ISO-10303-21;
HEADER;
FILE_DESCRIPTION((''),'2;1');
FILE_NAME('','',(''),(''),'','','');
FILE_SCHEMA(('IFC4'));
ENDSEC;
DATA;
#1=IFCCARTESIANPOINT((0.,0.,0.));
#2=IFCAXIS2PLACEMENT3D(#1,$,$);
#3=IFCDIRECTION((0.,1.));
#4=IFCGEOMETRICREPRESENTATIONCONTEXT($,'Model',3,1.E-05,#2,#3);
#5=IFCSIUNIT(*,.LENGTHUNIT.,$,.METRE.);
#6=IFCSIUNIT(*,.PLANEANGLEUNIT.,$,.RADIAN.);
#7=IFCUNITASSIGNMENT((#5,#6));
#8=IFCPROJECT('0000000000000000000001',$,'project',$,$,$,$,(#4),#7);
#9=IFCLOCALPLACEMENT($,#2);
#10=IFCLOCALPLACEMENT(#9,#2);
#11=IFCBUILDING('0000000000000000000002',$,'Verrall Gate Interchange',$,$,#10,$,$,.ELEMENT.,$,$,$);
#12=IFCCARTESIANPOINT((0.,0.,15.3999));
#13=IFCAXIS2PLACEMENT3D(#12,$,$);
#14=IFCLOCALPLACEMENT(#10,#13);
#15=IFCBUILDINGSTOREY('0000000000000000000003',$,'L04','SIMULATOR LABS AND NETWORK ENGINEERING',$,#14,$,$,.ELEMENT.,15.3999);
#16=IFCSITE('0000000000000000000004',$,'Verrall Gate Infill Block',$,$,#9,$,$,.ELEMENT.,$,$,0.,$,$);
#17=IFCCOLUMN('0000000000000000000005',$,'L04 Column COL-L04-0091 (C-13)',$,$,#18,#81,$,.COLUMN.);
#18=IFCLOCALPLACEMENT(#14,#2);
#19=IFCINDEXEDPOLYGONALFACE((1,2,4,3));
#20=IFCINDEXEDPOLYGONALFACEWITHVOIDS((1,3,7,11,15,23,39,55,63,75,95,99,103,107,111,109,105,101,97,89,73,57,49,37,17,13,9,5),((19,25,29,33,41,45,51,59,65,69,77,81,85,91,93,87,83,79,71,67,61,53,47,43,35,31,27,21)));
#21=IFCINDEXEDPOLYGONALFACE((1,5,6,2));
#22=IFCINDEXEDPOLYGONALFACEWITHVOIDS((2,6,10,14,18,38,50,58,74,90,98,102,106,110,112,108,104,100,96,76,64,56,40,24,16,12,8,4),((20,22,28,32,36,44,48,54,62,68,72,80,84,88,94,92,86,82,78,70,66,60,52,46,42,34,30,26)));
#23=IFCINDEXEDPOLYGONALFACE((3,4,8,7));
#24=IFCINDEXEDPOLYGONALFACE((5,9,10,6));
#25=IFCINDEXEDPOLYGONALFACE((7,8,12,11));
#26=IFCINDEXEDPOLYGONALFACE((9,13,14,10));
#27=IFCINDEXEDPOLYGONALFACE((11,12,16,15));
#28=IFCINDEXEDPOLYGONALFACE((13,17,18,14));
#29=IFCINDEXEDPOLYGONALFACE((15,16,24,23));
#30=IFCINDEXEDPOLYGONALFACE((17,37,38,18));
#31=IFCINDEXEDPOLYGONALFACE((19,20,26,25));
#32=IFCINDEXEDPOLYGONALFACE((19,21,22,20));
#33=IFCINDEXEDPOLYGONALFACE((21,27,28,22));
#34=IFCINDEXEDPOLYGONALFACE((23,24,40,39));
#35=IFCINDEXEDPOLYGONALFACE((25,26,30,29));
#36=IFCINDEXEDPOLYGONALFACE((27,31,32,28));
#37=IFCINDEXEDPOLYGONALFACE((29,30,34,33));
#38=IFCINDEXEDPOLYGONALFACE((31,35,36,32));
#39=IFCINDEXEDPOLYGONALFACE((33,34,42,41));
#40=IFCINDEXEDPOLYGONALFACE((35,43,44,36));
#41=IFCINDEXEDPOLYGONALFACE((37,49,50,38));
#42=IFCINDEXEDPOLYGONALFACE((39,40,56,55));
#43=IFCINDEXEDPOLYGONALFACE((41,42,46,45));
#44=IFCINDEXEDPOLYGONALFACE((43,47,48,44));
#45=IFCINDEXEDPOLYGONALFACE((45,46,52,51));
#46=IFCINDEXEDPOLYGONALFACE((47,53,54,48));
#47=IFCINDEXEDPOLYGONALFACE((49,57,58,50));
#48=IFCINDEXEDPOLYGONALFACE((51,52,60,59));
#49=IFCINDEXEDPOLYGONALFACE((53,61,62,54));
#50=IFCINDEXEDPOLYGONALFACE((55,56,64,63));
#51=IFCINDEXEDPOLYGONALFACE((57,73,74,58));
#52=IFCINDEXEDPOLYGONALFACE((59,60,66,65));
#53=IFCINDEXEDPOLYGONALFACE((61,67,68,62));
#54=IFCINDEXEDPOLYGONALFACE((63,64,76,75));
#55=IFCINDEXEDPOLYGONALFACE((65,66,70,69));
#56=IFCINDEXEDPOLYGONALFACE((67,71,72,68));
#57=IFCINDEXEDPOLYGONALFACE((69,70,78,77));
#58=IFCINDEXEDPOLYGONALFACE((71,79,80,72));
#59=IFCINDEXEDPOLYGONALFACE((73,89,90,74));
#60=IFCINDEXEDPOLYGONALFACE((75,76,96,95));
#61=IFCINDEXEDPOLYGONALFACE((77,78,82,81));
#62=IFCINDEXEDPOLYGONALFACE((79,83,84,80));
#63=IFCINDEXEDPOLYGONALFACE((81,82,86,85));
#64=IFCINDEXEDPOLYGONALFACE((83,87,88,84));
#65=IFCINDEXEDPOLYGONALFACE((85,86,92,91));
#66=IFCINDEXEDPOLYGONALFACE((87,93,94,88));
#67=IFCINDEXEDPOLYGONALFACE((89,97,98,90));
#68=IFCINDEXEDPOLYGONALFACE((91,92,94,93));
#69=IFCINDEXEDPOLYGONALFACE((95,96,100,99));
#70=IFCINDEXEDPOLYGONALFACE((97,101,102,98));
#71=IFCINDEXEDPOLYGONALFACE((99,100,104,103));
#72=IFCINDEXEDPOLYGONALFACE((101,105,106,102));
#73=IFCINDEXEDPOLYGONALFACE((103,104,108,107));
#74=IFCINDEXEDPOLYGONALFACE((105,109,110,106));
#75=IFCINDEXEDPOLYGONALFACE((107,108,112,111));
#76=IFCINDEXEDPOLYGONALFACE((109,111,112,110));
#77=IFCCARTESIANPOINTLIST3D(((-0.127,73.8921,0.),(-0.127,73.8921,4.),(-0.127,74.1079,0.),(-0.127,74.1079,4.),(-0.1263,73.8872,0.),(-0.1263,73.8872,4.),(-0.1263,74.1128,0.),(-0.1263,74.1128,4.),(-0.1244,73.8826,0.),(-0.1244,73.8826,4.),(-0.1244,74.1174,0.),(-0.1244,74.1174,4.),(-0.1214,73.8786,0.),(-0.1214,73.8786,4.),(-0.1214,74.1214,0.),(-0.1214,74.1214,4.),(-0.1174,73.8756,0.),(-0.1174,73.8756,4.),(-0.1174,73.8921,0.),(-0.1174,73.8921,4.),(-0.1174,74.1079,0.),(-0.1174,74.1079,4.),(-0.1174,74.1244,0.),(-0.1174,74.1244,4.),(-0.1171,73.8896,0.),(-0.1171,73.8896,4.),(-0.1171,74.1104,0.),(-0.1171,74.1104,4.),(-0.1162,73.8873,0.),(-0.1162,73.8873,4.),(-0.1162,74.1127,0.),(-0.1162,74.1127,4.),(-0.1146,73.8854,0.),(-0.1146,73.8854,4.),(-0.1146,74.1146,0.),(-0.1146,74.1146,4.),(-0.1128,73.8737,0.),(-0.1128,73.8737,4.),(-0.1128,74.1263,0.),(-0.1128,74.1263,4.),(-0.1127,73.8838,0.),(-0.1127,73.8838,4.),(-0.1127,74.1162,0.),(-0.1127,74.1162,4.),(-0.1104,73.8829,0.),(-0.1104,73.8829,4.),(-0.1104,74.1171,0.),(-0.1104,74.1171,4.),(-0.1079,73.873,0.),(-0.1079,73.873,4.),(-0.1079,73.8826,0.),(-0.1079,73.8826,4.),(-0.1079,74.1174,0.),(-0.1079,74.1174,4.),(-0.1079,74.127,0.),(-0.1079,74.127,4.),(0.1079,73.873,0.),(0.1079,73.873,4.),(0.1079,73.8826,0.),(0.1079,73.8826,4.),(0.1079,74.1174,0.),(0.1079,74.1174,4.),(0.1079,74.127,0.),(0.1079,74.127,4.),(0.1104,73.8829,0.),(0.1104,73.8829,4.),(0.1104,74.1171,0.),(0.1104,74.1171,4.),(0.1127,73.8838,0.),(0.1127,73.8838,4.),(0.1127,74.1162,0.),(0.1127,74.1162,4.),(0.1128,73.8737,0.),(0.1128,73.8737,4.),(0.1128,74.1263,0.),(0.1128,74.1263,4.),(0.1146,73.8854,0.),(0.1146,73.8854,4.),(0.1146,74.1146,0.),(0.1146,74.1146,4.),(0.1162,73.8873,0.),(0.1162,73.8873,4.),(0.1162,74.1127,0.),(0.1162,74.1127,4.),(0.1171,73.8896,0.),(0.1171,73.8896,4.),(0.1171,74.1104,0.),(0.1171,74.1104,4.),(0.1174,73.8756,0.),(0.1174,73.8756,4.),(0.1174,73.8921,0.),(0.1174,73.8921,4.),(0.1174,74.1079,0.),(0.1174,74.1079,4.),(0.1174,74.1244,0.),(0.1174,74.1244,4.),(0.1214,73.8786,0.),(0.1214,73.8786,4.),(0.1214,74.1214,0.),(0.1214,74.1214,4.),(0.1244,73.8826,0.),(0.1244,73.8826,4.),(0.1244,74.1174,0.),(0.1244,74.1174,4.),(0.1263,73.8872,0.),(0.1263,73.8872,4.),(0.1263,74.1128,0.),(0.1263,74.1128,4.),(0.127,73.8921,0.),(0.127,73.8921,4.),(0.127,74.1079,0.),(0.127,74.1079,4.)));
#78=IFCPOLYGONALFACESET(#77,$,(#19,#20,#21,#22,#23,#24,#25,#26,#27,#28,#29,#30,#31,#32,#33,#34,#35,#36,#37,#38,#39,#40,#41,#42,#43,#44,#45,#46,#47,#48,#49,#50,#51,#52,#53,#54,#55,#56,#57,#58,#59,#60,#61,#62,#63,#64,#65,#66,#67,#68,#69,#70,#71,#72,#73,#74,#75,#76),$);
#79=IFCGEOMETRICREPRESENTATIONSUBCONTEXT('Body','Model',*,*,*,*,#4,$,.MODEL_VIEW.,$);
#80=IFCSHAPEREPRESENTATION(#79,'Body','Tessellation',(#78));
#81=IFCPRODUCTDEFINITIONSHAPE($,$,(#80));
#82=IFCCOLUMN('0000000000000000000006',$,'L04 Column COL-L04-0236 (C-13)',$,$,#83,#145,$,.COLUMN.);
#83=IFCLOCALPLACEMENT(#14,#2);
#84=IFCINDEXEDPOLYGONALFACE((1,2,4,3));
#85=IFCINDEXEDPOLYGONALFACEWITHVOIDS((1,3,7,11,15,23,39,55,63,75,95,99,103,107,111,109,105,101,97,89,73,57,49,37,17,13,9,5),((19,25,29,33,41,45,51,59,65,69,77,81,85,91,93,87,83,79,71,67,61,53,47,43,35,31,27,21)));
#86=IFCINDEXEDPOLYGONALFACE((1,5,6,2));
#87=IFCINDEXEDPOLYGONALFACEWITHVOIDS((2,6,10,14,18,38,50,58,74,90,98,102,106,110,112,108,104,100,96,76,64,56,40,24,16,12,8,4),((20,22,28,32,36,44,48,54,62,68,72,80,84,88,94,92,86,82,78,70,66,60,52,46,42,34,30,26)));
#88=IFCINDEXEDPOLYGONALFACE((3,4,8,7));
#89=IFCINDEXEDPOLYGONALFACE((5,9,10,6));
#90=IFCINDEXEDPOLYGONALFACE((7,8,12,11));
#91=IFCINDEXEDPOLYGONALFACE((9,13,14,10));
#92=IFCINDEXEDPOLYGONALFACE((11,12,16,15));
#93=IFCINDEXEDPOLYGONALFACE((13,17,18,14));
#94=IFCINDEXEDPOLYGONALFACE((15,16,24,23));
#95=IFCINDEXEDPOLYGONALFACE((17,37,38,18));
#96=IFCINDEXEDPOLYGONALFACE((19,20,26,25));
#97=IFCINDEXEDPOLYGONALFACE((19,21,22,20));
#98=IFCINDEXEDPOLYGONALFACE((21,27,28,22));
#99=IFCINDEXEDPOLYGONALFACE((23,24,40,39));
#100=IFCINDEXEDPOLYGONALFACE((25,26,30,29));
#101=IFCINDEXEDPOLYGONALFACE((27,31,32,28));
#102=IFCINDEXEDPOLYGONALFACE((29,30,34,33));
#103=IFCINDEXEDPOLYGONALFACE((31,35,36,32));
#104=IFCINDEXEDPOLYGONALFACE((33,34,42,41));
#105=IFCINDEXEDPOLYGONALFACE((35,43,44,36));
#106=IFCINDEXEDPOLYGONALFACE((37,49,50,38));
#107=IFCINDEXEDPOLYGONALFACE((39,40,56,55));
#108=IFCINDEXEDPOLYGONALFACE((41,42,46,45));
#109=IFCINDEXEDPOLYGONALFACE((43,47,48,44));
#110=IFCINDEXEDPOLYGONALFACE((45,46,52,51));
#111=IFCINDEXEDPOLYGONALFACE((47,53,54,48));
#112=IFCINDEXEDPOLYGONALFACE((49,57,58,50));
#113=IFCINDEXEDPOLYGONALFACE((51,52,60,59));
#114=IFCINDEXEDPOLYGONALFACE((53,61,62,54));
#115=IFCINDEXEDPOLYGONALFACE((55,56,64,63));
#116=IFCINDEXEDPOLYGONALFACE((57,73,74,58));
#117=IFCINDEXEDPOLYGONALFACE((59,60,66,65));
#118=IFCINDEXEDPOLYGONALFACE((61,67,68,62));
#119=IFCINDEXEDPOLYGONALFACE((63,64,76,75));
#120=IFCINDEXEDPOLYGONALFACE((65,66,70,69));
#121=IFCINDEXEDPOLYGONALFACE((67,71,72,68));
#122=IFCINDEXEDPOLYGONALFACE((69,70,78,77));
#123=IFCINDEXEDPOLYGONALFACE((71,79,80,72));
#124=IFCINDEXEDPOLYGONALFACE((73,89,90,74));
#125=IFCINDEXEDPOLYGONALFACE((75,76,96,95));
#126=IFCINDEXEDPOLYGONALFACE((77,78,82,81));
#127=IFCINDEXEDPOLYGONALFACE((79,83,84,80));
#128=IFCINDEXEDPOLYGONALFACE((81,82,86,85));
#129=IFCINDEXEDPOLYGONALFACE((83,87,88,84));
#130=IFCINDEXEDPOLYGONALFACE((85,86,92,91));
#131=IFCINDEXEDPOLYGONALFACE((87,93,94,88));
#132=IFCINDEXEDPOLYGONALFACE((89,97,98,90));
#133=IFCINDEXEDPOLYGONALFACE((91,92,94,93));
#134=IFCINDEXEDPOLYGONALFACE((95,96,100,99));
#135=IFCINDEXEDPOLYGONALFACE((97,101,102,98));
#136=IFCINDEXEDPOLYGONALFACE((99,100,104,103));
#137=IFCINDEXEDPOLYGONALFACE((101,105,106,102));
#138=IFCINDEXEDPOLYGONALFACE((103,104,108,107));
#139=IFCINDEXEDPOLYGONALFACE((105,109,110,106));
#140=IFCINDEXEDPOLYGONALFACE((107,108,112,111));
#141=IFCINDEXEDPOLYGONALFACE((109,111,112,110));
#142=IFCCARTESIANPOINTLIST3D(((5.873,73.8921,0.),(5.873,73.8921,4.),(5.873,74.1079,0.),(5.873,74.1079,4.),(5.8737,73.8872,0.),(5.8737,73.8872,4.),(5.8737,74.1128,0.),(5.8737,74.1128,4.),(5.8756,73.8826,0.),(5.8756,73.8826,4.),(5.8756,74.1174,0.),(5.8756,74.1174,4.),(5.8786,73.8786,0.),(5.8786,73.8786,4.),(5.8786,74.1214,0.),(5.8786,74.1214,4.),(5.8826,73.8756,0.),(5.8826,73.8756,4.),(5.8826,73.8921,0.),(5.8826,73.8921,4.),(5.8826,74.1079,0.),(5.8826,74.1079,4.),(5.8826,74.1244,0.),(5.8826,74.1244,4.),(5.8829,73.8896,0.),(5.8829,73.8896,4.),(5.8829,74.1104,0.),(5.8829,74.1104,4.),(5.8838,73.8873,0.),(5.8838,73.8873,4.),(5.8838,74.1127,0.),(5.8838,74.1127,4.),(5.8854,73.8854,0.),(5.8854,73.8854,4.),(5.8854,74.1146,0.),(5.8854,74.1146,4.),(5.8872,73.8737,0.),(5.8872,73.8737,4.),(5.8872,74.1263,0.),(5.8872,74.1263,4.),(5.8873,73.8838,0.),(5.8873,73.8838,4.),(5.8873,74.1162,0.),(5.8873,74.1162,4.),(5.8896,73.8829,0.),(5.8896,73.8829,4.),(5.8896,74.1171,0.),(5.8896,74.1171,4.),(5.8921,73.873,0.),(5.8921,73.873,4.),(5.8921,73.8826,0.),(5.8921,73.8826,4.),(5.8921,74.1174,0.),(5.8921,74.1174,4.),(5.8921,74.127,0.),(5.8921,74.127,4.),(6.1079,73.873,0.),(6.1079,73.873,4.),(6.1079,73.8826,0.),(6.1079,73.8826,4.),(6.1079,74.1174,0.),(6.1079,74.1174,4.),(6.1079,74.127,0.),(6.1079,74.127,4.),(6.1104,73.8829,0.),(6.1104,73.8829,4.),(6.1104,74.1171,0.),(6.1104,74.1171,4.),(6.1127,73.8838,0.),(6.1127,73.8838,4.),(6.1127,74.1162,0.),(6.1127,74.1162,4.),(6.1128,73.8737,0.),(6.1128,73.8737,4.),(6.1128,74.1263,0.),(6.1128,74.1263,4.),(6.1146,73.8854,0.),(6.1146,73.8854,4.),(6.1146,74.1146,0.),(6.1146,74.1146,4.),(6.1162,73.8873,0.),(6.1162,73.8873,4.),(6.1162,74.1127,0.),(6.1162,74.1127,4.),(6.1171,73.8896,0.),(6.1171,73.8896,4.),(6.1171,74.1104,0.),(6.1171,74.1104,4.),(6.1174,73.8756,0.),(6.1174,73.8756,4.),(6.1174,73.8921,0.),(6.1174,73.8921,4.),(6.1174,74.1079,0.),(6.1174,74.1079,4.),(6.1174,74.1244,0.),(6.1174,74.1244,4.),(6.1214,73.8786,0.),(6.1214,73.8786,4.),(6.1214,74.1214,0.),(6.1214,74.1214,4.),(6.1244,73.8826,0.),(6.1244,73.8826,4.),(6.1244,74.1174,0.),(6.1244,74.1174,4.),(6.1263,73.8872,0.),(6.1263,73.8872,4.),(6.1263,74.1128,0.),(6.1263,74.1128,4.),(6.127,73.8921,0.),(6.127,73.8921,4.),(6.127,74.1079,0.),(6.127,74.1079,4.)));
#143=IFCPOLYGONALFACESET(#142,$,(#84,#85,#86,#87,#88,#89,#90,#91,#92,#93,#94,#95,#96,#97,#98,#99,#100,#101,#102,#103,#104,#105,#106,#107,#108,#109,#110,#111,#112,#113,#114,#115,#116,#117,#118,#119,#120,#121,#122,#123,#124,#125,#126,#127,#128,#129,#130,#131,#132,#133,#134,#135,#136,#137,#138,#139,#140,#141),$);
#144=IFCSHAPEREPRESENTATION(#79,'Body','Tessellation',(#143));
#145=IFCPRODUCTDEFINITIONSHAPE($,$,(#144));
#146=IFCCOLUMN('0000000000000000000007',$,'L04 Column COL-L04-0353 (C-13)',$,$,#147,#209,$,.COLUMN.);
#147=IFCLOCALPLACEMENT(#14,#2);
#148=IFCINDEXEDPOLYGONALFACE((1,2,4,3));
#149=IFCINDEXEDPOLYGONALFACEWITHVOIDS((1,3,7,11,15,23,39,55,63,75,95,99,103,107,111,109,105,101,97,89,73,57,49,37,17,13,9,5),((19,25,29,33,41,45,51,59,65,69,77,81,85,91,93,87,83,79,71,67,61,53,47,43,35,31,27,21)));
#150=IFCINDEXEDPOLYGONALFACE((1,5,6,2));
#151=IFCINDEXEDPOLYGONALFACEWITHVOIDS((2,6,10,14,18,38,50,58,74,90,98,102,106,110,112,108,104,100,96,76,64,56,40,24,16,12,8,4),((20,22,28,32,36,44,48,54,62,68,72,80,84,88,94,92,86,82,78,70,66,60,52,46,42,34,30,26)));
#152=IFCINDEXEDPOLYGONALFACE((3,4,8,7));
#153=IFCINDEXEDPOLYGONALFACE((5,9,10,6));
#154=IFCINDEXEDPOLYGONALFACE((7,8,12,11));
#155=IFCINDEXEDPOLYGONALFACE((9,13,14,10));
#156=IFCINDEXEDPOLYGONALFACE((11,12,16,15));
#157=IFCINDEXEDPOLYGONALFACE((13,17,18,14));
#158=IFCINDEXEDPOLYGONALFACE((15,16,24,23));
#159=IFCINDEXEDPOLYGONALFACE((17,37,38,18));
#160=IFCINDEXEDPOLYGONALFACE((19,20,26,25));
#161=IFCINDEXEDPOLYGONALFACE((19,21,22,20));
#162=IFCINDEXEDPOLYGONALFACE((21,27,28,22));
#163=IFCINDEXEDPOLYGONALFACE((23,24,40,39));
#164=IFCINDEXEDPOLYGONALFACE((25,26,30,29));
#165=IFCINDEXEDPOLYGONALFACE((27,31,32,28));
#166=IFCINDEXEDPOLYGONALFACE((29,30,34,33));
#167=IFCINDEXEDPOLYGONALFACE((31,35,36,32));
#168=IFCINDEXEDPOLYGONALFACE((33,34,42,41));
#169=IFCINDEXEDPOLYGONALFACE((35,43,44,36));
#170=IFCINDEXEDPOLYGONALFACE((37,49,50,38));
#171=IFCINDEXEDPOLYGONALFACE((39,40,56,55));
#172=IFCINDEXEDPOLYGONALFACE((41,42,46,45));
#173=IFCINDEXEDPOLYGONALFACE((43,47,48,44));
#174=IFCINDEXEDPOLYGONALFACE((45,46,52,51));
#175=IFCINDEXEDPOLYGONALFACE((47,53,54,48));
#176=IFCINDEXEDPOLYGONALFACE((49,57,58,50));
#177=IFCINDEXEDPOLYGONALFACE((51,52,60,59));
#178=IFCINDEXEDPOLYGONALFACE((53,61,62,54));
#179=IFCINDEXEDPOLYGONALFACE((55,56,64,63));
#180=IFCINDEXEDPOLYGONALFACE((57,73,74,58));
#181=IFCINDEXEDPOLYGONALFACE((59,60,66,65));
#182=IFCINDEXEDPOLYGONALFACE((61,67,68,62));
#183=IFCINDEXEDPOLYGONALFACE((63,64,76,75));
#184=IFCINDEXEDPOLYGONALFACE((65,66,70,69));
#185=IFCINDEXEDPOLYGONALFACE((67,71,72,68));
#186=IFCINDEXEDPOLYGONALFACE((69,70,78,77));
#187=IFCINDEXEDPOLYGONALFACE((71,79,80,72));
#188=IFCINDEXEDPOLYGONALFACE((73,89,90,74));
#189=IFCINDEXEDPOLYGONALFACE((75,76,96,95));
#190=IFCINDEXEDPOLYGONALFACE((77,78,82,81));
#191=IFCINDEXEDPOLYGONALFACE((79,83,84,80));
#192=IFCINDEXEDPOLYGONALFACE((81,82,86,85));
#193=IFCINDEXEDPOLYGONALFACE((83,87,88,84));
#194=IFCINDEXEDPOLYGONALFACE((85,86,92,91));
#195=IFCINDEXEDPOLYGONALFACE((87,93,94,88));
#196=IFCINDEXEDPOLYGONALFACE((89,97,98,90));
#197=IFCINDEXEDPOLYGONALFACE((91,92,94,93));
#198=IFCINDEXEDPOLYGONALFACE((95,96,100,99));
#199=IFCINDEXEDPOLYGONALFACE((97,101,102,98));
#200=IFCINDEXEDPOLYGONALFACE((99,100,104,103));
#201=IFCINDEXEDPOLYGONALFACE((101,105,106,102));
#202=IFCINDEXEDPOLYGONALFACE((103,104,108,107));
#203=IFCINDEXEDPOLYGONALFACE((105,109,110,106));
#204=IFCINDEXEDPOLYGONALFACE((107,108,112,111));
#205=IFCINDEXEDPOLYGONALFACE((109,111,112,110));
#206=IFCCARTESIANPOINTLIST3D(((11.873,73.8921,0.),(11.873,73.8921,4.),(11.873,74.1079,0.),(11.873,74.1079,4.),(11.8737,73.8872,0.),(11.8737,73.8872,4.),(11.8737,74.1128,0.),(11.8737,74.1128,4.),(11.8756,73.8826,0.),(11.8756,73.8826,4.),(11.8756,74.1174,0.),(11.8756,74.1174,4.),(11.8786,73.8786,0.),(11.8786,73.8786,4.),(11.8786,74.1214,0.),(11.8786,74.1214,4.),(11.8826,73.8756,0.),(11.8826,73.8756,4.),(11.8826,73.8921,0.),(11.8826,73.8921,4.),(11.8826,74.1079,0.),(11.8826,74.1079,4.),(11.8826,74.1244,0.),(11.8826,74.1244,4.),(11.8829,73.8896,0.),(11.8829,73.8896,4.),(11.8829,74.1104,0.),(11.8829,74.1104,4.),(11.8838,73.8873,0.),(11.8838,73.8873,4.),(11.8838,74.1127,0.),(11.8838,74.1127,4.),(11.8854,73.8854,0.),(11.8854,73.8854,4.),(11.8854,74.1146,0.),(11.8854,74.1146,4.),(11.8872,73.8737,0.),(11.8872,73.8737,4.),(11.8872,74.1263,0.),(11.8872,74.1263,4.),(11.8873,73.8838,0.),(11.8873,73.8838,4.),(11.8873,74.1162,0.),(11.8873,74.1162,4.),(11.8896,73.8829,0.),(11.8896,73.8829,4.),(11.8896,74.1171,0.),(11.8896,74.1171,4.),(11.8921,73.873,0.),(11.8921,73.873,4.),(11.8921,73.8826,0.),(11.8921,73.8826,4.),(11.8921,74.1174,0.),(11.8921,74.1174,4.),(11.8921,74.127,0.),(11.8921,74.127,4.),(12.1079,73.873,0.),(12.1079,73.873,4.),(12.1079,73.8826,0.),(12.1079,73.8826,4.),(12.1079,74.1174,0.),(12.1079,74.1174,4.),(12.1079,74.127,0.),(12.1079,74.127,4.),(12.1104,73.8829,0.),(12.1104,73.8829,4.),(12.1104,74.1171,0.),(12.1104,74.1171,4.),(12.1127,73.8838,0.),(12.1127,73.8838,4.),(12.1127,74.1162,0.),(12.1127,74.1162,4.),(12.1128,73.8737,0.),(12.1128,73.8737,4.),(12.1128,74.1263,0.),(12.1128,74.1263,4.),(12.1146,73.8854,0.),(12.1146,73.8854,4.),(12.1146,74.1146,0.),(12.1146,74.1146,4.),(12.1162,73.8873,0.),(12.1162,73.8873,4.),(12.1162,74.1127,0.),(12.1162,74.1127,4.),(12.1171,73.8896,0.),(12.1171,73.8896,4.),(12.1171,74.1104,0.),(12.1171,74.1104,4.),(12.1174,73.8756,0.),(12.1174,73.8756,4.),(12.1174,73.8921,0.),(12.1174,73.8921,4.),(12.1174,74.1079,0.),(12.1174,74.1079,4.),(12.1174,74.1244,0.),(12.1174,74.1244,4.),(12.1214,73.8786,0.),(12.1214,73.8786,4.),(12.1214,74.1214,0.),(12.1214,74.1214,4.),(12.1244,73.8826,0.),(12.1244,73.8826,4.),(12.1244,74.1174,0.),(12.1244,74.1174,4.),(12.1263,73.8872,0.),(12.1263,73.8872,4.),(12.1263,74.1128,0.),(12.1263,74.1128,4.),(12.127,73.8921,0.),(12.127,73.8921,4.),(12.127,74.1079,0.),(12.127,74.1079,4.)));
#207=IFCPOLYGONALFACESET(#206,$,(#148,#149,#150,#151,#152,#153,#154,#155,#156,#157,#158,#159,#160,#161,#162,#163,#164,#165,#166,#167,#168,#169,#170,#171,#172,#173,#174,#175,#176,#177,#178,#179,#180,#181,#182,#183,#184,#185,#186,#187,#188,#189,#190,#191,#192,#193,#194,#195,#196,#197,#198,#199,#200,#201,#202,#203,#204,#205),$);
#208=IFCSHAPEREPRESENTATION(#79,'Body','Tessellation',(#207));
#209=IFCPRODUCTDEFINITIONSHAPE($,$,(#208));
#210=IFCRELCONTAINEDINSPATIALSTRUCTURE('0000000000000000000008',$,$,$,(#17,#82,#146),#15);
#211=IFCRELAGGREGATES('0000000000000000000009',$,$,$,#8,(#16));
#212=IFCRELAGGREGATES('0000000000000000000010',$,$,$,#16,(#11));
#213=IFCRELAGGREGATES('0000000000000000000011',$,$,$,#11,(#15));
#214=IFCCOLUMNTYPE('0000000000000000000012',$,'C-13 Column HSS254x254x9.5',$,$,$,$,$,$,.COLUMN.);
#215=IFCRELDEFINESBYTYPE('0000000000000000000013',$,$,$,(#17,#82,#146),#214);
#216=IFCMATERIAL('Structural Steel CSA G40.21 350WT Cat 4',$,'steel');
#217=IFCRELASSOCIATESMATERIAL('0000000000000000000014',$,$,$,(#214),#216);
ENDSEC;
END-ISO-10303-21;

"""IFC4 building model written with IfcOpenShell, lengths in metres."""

from ifc_helpers import new_model, si_unit, direction, frame, origin, origin_2d, place, context, subcontext, project, spatial, hollow_rectangle, extrude, material, material_profile, profile_set, type_object, element, save


model = new_model("IFC4")

# Units and contexts
model_context = context("Model", 3, precision=1e-05, world=origin(), true_north=direction((0.0, 1.0)))
body_context = subcontext(model_context, "Body", "Model", "MODEL_VIEW")
ifc_project = project(units=[si_unit("LENGTHUNIT", "METRE"), si_unit("PLANEANGLEUNIT", "RADIAN")], contexts=[model_context])

# Site, building, storey
site_placement = place(None, origin())
site = spatial("IfcSite", under=ifc_project, at=site_placement, Name="Verrall Gate Infill Block", CompositionType="ELEMENT", RefElevation=0.0)
building_placement = place(site_placement, origin())
building = spatial("IfcBuilding", under=site, at=building_placement, Name="Verrall Gate Interchange", CompositionType="ELEMENT")
storey_placement = place(building_placement, frame((0.0, 0.0, 15.3999)))
storey = spatial("IfcBuildingStorey", under=building, at=storey_placement, Name="L04", Description="SIMULATOR LABS AND NETWORK ENGINEERING", CompositionType="ELEMENT", Elevation=15.3999)

# Columns
ifc_material_1 = material(Name="Structural Steel CSA G40.21 350WT Cat 4", Category="steel")
ifc_material_profile_1 = material_profile(ifc_material_1, hollow_rectangle(XDim=0.2539, YDim=0.2539, WallThickness=0.0095, InnerFilletRadius=0.0095, OuterFilletRadius=0.019, at=origin_2d()), Name="HSS254x254x9.5")
ifc_profile_set_1 = profile_set([ifc_material_profile_1], Name="Structural Steel CSA G40.21 350WT Cat 4")
column_type = type_object("IfcColumnType", Name="C-13 Column HSS254x254x9.5", PredefinedType="COLUMN", material=ifc_profile_set_1)
for number, where, z_axis, x_axis, name in (
    (1, (0.0, 74.0, 0.0), (0.0, 0.0, 1.0), (1.0, 0.0, 0.0), "L04 Column COL-L04-0091 (C-13)"),
    (2, (6.0, 74.0, 0.0), (0.0, 0.0, 1.0), (1.0, 0.0, 0.0), "L04 Column COL-L04-0236 (C-13)"),
    (3, (12.0, 74.0, 0.0), (0.0, 0.0, 1.0), (1.0, 0.0, 0.0), "L04 Column COL-L04-0353 (C-13)"),
):
    element("IfcColumn", number, at=place(storey_placement, frame(where, z_axis=z_axis, x_axis=x_axis)), inside=storey, type_object=column_type, Name=name, PredefinedType="COLUMN", context=body_context, shape_type="SweptSolid", body=[
        extrude(hollow_rectangle(XDim=0.2539, YDim=0.2539, WallThickness=0.0095, InnerFilletRadius=0.0095, OuterFilletRadius=0.019, at=origin_2d()), origin(), (0.0, 0.0, 1.0), 4.0),
    ])

save(model, "model.ifc")
